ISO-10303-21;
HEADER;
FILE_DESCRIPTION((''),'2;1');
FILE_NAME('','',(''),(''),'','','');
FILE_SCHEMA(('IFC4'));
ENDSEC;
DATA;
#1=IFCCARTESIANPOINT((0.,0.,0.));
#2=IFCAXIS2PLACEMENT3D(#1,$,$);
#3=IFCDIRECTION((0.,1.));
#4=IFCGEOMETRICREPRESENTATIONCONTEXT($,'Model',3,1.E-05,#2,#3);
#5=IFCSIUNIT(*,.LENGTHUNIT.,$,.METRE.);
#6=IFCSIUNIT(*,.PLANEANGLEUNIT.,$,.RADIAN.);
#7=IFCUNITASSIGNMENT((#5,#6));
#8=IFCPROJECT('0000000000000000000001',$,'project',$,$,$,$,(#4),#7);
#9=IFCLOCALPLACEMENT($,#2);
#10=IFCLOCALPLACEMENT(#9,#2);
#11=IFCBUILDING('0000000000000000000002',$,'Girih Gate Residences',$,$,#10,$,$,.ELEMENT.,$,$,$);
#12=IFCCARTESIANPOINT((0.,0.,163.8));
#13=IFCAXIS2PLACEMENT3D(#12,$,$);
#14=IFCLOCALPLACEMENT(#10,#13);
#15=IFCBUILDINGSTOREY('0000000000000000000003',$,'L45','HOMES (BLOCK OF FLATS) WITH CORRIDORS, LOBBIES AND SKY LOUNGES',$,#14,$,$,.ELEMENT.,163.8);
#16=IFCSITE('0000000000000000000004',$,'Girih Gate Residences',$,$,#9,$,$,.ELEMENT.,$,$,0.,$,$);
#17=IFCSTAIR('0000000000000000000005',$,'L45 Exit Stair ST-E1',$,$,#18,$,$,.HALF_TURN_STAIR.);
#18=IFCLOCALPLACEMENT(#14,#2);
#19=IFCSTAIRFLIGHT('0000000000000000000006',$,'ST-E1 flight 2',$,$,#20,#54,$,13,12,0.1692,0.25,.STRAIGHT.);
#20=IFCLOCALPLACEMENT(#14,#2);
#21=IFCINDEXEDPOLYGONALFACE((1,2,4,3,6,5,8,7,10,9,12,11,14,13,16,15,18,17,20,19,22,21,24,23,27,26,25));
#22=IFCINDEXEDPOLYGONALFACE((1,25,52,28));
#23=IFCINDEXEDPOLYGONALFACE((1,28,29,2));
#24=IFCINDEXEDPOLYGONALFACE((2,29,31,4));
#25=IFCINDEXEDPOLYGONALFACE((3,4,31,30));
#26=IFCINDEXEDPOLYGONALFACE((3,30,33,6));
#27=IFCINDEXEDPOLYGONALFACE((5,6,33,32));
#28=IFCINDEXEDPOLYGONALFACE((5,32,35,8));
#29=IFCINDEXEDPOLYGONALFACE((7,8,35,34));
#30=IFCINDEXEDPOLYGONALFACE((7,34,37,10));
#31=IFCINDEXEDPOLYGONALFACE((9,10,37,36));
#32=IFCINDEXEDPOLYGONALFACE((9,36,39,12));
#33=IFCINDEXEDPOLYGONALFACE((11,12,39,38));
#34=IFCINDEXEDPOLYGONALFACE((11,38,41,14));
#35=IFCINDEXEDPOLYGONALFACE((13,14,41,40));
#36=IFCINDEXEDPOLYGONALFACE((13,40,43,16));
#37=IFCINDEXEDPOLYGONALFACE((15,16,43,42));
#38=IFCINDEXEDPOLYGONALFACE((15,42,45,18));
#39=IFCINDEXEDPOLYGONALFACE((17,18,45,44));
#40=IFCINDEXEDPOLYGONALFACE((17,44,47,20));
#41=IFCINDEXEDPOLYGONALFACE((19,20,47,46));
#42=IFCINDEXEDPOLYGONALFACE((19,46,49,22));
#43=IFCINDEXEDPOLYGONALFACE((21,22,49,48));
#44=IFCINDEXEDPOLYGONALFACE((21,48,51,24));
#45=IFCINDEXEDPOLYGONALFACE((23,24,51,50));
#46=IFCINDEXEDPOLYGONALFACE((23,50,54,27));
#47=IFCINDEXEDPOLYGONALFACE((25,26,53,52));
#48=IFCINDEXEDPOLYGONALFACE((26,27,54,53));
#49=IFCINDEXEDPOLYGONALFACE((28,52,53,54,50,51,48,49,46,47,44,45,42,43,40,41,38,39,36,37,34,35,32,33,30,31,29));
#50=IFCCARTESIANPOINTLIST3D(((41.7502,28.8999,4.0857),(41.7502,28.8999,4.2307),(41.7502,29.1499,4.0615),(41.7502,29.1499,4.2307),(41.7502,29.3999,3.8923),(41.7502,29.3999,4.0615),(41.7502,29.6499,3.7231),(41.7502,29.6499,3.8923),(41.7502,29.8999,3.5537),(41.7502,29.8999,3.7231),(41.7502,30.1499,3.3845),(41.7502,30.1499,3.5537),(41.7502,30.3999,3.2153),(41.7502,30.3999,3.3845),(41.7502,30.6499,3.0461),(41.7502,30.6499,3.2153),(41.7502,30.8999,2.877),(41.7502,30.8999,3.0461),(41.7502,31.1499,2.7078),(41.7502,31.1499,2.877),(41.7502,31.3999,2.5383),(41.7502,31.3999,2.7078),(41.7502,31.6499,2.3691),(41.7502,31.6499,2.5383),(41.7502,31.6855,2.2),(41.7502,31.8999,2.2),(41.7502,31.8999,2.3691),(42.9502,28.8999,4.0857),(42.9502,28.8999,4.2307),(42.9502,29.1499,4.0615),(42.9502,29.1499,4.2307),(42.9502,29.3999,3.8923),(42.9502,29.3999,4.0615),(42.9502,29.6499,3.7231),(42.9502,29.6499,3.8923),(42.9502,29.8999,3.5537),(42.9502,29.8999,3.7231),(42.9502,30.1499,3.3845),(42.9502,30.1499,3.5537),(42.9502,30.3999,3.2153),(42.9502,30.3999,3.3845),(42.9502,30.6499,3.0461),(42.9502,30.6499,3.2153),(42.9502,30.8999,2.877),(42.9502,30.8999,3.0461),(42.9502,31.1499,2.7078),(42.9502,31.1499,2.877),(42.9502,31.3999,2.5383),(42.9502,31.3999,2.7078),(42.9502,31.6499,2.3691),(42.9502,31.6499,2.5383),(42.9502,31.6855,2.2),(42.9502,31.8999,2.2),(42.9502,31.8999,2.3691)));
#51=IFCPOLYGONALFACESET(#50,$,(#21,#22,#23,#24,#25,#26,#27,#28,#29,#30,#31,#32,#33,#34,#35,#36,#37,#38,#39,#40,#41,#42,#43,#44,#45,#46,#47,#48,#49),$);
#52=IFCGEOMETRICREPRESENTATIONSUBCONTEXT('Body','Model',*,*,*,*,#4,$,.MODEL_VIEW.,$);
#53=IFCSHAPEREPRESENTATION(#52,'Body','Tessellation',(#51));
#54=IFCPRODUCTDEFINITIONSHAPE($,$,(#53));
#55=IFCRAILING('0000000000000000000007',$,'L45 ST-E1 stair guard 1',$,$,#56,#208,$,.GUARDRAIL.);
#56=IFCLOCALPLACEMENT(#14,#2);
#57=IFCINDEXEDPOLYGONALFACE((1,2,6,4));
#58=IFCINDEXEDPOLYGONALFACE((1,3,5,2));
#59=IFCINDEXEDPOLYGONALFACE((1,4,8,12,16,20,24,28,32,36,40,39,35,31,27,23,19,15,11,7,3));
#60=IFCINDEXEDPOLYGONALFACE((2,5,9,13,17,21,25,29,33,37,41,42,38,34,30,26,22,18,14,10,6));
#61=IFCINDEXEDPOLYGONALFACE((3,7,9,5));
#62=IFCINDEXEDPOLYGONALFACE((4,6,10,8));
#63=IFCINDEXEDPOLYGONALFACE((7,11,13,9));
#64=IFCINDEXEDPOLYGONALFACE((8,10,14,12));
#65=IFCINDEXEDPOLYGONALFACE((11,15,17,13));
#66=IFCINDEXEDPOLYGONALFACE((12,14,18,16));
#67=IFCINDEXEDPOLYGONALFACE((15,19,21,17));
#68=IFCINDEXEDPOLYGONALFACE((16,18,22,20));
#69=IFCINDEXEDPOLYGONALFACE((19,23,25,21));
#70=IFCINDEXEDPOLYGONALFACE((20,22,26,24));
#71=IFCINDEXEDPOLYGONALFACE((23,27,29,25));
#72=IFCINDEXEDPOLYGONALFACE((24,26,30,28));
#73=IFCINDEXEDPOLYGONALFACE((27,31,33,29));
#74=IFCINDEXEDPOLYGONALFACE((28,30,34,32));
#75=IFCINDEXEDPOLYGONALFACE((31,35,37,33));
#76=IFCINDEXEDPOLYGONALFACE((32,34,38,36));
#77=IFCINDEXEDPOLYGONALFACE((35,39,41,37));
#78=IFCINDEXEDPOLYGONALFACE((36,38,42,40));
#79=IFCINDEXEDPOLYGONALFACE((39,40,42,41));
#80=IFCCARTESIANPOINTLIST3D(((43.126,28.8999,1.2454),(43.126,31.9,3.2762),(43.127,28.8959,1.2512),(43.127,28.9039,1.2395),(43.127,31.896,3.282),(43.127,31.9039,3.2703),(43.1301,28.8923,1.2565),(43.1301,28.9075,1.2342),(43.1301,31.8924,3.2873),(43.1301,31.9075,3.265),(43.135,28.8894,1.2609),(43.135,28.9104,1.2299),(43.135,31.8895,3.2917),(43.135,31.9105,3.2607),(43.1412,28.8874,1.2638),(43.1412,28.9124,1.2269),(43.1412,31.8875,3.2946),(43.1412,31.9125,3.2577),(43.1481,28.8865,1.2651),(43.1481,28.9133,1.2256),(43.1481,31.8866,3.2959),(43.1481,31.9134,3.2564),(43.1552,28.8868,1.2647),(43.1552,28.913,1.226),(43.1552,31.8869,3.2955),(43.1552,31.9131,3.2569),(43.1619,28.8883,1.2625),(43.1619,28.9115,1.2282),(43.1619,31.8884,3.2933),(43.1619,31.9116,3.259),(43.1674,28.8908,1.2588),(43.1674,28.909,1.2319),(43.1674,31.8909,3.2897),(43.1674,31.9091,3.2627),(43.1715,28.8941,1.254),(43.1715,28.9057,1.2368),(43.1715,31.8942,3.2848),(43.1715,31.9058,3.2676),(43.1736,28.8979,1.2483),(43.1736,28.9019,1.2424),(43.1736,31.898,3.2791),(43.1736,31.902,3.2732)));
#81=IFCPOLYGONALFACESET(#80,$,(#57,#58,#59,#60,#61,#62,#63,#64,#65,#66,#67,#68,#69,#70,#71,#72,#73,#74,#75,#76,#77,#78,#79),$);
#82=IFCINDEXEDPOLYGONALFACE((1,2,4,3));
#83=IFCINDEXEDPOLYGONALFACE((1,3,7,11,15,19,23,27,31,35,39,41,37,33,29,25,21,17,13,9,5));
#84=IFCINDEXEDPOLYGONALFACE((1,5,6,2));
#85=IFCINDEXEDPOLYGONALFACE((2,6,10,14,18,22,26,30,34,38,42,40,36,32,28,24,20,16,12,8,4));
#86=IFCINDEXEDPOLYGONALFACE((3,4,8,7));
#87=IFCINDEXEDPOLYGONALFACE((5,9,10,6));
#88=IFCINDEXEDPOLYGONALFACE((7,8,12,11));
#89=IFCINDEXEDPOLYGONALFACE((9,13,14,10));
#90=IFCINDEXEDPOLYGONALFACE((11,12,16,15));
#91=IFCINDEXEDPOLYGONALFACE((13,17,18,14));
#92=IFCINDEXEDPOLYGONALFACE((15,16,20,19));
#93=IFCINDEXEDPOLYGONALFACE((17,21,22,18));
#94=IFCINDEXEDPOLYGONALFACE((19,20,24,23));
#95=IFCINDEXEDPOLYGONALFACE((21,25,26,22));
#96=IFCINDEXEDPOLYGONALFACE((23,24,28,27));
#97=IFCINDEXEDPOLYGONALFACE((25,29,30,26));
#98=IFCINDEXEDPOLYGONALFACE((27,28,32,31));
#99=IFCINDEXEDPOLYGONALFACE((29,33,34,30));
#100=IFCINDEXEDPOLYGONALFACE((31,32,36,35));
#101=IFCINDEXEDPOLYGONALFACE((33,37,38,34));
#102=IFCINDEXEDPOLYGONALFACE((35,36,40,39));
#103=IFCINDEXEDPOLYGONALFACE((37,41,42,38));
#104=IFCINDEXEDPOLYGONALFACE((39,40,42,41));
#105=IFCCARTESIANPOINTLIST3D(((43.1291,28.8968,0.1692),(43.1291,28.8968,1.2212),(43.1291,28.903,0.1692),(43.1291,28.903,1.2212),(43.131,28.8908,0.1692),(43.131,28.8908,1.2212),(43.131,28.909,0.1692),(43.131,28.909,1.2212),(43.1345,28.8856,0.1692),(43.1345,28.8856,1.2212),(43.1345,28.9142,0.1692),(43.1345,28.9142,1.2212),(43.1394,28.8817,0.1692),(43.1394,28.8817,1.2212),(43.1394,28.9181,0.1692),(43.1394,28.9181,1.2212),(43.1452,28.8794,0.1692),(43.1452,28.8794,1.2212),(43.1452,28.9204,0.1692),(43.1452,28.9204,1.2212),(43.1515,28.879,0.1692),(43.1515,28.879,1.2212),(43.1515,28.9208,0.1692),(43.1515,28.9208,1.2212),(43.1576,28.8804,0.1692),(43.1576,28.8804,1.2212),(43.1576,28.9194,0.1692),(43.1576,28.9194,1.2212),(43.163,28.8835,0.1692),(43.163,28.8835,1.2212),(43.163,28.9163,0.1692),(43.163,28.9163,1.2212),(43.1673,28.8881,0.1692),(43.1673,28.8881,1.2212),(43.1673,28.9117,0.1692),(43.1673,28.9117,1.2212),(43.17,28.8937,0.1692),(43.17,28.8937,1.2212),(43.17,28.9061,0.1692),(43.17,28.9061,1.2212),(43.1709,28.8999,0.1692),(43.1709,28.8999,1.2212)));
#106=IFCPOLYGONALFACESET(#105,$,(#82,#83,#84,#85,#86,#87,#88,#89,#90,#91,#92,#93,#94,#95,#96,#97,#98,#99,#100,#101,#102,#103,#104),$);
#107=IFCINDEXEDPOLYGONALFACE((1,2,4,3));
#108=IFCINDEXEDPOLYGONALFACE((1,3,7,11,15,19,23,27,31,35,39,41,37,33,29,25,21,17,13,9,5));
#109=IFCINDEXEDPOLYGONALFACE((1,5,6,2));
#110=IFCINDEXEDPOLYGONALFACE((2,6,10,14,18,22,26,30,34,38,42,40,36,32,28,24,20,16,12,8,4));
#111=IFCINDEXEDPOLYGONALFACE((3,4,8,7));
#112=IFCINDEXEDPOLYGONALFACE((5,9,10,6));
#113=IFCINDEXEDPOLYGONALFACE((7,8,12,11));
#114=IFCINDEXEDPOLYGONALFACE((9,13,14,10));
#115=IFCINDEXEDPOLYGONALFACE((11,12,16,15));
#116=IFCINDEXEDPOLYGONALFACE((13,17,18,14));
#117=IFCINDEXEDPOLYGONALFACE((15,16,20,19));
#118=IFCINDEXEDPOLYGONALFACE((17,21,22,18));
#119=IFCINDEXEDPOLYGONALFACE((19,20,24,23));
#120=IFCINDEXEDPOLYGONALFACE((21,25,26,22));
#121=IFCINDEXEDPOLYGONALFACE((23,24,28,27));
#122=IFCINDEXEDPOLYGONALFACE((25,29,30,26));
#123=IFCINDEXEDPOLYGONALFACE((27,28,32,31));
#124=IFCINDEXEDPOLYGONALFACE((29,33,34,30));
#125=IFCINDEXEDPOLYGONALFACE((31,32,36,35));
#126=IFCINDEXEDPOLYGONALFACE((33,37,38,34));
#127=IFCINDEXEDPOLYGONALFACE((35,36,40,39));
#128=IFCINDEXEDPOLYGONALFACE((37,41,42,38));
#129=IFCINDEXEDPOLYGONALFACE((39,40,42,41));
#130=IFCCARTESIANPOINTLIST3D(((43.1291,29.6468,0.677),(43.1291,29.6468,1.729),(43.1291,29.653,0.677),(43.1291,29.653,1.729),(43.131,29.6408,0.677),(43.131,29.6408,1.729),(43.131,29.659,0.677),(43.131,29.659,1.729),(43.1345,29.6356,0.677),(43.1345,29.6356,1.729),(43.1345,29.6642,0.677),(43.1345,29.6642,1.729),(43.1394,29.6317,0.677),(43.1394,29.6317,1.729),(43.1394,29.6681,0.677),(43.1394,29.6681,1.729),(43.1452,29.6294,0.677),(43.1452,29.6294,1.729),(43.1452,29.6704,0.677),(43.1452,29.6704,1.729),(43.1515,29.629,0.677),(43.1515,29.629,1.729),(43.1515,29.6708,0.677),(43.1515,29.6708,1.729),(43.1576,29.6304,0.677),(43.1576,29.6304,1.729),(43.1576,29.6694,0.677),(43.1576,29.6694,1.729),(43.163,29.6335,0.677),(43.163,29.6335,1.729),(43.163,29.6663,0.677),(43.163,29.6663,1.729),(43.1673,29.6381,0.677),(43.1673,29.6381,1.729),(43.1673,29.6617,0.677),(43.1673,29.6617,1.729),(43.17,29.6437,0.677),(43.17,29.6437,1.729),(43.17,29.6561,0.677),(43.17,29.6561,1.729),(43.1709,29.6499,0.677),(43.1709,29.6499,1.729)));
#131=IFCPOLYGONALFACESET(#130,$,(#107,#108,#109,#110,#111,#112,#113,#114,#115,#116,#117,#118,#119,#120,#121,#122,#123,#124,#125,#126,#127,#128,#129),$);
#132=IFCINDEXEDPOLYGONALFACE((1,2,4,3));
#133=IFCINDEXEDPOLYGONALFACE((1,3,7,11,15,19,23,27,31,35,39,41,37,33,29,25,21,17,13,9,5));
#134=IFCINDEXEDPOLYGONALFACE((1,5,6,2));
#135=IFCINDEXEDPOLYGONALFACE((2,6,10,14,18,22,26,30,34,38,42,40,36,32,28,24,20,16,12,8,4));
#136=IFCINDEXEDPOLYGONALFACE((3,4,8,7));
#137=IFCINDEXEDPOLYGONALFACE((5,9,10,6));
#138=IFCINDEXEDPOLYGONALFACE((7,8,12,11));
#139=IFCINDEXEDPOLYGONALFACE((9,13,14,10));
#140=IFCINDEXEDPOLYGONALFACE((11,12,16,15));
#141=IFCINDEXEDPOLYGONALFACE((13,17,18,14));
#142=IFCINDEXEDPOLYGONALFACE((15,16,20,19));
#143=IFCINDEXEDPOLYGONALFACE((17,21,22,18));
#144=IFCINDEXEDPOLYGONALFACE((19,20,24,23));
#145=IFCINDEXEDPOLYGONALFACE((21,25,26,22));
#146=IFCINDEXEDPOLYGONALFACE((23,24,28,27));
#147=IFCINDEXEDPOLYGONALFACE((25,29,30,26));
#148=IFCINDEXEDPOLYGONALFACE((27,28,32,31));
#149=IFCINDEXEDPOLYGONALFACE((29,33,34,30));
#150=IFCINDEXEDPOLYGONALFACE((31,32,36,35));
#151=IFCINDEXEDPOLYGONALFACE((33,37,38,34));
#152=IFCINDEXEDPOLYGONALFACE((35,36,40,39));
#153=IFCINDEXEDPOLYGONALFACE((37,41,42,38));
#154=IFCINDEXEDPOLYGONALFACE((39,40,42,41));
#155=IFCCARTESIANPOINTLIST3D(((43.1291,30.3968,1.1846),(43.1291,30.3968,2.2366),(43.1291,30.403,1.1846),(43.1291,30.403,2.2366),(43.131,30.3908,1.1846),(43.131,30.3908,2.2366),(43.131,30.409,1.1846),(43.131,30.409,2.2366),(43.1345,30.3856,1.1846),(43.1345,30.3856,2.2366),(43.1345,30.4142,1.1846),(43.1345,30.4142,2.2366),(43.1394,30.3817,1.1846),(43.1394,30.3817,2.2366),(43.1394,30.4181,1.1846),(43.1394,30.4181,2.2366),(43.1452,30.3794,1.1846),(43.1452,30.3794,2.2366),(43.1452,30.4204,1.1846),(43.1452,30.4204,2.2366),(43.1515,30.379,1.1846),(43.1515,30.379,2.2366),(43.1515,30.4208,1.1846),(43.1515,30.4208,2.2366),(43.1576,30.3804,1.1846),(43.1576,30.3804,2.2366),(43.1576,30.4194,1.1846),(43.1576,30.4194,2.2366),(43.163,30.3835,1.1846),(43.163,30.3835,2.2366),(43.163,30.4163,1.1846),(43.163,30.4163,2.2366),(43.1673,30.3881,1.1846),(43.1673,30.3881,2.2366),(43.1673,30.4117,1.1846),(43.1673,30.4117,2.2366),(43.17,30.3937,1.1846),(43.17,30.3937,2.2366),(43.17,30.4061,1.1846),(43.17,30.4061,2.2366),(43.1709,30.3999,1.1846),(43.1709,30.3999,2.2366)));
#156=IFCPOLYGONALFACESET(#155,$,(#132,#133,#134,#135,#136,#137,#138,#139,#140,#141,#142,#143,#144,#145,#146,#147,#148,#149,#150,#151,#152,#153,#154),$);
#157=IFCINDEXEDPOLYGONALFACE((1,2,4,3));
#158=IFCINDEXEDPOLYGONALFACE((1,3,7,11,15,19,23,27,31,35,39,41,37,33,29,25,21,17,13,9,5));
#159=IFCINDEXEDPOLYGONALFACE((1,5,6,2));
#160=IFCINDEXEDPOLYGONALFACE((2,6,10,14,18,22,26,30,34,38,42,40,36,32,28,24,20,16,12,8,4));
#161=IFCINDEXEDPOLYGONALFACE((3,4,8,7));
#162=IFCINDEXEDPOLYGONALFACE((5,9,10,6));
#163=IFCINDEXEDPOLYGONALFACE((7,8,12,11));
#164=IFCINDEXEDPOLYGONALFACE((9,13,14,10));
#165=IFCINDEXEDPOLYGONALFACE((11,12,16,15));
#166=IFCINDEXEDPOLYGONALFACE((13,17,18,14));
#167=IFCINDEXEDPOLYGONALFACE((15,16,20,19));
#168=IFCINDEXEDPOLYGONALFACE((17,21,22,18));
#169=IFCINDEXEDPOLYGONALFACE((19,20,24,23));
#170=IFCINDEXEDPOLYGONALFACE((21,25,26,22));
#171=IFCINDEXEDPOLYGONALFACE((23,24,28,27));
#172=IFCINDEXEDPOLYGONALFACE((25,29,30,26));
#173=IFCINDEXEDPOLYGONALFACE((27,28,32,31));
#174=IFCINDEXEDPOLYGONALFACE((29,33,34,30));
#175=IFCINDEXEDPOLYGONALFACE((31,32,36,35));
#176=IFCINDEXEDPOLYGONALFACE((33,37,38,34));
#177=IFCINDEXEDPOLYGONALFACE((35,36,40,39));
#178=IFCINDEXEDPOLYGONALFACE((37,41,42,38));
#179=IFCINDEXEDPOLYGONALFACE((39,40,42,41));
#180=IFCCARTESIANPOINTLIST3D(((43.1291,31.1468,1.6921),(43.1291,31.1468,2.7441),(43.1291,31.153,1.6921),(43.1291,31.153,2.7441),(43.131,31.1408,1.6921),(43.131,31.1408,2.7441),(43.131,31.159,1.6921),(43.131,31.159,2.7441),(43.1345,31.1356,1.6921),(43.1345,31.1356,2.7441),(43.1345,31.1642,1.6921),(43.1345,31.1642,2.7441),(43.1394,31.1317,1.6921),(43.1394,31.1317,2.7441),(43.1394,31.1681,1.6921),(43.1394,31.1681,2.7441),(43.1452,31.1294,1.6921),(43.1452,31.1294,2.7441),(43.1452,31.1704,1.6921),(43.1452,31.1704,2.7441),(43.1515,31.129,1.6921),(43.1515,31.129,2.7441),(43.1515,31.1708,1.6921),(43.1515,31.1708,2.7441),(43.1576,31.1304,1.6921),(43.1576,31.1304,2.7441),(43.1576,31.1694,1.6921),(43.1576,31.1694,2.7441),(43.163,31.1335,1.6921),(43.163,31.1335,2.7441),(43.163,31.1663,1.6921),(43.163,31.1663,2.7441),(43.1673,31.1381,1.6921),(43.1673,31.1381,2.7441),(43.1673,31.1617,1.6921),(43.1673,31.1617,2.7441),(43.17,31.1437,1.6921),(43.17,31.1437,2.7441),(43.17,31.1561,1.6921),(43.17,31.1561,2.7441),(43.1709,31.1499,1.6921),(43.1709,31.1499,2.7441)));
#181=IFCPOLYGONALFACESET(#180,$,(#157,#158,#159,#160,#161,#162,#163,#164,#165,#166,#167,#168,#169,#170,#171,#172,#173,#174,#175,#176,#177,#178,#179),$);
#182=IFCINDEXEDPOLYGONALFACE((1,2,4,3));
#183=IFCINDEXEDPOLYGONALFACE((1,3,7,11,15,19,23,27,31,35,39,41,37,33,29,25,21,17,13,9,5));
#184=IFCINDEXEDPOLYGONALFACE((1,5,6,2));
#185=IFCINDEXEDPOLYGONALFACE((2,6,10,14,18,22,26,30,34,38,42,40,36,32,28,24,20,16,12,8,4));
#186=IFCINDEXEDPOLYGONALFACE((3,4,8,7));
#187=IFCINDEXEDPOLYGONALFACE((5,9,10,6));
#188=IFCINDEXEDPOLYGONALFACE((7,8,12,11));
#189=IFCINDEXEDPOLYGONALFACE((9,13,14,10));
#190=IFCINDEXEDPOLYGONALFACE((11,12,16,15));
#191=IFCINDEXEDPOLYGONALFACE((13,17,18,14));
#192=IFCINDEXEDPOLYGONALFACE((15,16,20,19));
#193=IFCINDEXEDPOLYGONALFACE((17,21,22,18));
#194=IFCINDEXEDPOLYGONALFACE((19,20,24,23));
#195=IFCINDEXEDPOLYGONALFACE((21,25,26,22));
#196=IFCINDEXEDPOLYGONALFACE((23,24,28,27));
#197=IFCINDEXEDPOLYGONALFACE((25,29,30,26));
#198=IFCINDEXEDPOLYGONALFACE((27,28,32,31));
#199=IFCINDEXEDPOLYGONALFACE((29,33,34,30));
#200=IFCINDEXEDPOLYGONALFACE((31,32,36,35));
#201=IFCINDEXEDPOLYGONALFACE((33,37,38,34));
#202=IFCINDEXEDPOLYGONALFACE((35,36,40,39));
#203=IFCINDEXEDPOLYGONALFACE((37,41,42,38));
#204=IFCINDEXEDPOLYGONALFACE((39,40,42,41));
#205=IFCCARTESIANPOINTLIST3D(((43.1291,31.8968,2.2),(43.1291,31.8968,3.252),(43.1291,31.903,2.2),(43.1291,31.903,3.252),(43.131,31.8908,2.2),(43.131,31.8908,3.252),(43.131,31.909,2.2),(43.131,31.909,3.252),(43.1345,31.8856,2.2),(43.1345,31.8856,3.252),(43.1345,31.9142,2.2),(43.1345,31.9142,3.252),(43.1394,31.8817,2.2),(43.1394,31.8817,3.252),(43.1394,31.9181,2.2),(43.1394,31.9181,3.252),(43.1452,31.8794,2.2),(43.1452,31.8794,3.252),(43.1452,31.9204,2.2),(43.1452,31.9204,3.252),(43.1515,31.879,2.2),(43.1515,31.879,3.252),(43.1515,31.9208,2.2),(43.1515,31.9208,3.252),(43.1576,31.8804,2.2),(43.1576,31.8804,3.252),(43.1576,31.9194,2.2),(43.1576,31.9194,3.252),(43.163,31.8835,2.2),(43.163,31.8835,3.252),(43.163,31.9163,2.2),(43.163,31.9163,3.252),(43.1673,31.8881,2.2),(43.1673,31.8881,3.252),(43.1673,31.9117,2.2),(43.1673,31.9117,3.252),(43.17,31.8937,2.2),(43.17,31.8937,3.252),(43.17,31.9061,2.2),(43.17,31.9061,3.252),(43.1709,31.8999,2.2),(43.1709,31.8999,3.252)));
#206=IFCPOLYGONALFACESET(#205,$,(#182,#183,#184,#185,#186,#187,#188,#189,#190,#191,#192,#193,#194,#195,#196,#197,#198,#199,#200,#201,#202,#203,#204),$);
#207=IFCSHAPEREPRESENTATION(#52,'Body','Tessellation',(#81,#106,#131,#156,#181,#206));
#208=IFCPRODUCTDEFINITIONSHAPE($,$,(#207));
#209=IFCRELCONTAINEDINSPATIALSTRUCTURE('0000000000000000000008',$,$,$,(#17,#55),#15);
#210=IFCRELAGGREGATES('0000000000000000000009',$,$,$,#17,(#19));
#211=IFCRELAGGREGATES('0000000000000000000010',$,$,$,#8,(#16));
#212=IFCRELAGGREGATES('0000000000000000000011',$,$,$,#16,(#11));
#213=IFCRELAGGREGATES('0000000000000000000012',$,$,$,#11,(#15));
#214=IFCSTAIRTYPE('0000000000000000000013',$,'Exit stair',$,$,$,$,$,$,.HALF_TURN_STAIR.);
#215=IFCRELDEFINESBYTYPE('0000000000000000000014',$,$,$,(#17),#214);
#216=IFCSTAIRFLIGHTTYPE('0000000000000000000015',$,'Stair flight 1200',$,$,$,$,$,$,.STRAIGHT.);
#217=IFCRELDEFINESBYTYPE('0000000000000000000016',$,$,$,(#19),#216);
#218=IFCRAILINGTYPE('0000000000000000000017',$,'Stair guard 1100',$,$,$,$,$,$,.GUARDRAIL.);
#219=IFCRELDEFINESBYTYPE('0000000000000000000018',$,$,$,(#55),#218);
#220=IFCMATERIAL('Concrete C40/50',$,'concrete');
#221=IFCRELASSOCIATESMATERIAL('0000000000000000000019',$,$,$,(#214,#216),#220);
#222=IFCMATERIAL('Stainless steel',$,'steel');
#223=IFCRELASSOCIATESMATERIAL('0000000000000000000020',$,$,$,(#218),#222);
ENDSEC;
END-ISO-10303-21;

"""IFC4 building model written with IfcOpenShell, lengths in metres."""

from ifc_helpers import new_model, si_unit, direction, frame, origin, origin_2d, place, context, subcontext, project, spatial, polyline, circle, outline, extrude, material, type_object, element, aggregate, save


model = new_model("IFC4")

# Units and contexts
model_context = context("Model", 3, precision=1e-05, world=origin(), true_north=direction((0.0, 1.0)))
body_context = subcontext(model_context, "Body", "Model", "MODEL_VIEW")
ifc_project = project(units=[si_unit("LENGTHUNIT", "METRE"), si_unit("PLANEANGLEUNIT", "RADIAN")], contexts=[model_context])

# Site, building, storey
site_placement = place(None, origin())
site = spatial("IfcSite", under=ifc_project, at=site_placement, Name="Girih Gate Residences", CompositionType="ELEMENT", RefElevation=0.0)
building_placement = place(site_placement, origin())
building = spatial("IfcBuilding", under=site, at=building_placement, Name="Girih Gate Residences", CompositionType="ELEMENT")
storey_placement = place(building_placement, frame((0.0, 0.0, 163.8)))
storey = spatial("IfcBuildingStorey", under=building, at=storey_placement, Name="L45", Description="HOMES (BLOCK OF FLATS) WITH CORRIDORS, LOBBIES AND SKY LOUNGES", CompositionType="ELEMENT", Elevation=163.8)

# Shared definitions
ifc_material_1 = material(Name="Concrete C40/50", Category="concrete")

# Stair, stair flight
stair_type = type_object("IfcStairType", Name="Exit stair", PredefinedType="HALF_TURN_STAIR", material=ifc_material_1)
stair_placement = place(storey_placement, origin())
stair = element("IfcStair", 1, at=stair_placement, inside=storey, type_object=stair_type, Name="L45 Exit Stair ST-E1", PredefinedType="HALF_TURN_STAIR")
stair_flight_type = type_object("IfcStairFlightType", Name="Stair flight 1200", PredefinedType="STRAIGHT", material=ifc_material_1)
stair_flight_1_placement = place(storey_placement, frame((42.3501, 31.8999, 2.2), z_axis=(0.0, 0.0, 1.0), x_axis=(0.0, -1.0, 0.0)))
stair_flight_1 = element("IfcStairFlight", 2, at=stair_flight_1_placement, type_object=stair_flight_type, Name="ST-E1 flight 2", NumberOfRisers=13, NumberOfTreads=12, PredefinedType="STRAIGHT", RiserHeight=0.1692, TreadLength=0.25, context=body_context, shape_type="SweptSolid", body=[
    extrude(outline(polyline([(0.0, 0.0), (0.0, 0.1692), (0.25, 0.1692), (0.25, 0.3384), (0.5, 0.3384), (0.5, 0.5078), (0.75, 0.5078), (0.75, 0.677), (1.0, 0.677), (1.0, 0.8462), (1.25, 0.8462), (1.25, 1.0154), (1.5, 1.0154), (1.5, 1.1846), (1.75, 1.1846), (1.75, 1.3538), (2.0, 1.3538), (2.0, 1.5232), (2.25, 1.5232), (2.25, 1.6924), (2.5, 1.6924), (2.5, 1.8616), (2.75, 1.8616), (2.75, 2.0308), (3.0, 2.0308), (3.0, 2.2), (3.0, 1.8857), (0.2144, 0.0), (0.0, 0.0)])), frame((0.0, 0.6001, 0.0), z_axis=(0.0, -1.0, 0.0), x_axis=(1.0, 0.0, 0.0)), (0.0, 0.0, 1.0), 1.2),
])
aggregate(stair, [stair_flight_1])

# Railing
ifc_material_2 = material(Name="Stainless steel", Category="steel")
railing_type_1 = type_object("IfcRailingType", Name="Stair guard 1100", PredefinedType="GUARDRAIL", material=ifc_material_2)
railing_1_placement = place(storey_placement, frame((43.1499, 28.8999, 0.1692)))
element("IfcRailing", 3, at=railing_1_placement, inside=storey, type_object=railing_type_1, Name="L45 ST-E1 stair guard 1", PredefinedType="GUARDRAIL", context=body_context, shape_type="SweptSolid", body=[
    extrude(circle(Radius=0.0239, at=origin_2d()), frame((0.0, 0.0, 1.0762), z_axis=(0.0, 0.82811, 0.560565), x_axis=(-1.0, 0.0, 0.0)), (0.0, 0.0, 1.0), 3.6228),
    extrude(circle(Radius=0.021, at=origin_2d()), origin(), (0.0, 0.0, 1.0), 1.052),
    extrude(circle(Radius=0.021, at=origin_2d()), frame((0.0, 0.75, 0.5078)), (0.0, 0.0, 1.0), 1.052),
    extrude(circle(Radius=0.021, at=origin_2d()), frame((0.0, 1.5, 1.0154)), (0.0, 0.0, 1.0), 1.052),
    extrude(circle(Radius=0.021, at=origin_2d()), frame((0.0, 2.25, 1.5229)), (0.0, 0.0, 1.0), 1.052),
    extrude(circle(Radius=0.021, at=origin_2d()), frame((0.0, 3.0, 2.0308)), (0.0, 0.0, 1.0), 1.052),
])

save(model, "model.ifc")
